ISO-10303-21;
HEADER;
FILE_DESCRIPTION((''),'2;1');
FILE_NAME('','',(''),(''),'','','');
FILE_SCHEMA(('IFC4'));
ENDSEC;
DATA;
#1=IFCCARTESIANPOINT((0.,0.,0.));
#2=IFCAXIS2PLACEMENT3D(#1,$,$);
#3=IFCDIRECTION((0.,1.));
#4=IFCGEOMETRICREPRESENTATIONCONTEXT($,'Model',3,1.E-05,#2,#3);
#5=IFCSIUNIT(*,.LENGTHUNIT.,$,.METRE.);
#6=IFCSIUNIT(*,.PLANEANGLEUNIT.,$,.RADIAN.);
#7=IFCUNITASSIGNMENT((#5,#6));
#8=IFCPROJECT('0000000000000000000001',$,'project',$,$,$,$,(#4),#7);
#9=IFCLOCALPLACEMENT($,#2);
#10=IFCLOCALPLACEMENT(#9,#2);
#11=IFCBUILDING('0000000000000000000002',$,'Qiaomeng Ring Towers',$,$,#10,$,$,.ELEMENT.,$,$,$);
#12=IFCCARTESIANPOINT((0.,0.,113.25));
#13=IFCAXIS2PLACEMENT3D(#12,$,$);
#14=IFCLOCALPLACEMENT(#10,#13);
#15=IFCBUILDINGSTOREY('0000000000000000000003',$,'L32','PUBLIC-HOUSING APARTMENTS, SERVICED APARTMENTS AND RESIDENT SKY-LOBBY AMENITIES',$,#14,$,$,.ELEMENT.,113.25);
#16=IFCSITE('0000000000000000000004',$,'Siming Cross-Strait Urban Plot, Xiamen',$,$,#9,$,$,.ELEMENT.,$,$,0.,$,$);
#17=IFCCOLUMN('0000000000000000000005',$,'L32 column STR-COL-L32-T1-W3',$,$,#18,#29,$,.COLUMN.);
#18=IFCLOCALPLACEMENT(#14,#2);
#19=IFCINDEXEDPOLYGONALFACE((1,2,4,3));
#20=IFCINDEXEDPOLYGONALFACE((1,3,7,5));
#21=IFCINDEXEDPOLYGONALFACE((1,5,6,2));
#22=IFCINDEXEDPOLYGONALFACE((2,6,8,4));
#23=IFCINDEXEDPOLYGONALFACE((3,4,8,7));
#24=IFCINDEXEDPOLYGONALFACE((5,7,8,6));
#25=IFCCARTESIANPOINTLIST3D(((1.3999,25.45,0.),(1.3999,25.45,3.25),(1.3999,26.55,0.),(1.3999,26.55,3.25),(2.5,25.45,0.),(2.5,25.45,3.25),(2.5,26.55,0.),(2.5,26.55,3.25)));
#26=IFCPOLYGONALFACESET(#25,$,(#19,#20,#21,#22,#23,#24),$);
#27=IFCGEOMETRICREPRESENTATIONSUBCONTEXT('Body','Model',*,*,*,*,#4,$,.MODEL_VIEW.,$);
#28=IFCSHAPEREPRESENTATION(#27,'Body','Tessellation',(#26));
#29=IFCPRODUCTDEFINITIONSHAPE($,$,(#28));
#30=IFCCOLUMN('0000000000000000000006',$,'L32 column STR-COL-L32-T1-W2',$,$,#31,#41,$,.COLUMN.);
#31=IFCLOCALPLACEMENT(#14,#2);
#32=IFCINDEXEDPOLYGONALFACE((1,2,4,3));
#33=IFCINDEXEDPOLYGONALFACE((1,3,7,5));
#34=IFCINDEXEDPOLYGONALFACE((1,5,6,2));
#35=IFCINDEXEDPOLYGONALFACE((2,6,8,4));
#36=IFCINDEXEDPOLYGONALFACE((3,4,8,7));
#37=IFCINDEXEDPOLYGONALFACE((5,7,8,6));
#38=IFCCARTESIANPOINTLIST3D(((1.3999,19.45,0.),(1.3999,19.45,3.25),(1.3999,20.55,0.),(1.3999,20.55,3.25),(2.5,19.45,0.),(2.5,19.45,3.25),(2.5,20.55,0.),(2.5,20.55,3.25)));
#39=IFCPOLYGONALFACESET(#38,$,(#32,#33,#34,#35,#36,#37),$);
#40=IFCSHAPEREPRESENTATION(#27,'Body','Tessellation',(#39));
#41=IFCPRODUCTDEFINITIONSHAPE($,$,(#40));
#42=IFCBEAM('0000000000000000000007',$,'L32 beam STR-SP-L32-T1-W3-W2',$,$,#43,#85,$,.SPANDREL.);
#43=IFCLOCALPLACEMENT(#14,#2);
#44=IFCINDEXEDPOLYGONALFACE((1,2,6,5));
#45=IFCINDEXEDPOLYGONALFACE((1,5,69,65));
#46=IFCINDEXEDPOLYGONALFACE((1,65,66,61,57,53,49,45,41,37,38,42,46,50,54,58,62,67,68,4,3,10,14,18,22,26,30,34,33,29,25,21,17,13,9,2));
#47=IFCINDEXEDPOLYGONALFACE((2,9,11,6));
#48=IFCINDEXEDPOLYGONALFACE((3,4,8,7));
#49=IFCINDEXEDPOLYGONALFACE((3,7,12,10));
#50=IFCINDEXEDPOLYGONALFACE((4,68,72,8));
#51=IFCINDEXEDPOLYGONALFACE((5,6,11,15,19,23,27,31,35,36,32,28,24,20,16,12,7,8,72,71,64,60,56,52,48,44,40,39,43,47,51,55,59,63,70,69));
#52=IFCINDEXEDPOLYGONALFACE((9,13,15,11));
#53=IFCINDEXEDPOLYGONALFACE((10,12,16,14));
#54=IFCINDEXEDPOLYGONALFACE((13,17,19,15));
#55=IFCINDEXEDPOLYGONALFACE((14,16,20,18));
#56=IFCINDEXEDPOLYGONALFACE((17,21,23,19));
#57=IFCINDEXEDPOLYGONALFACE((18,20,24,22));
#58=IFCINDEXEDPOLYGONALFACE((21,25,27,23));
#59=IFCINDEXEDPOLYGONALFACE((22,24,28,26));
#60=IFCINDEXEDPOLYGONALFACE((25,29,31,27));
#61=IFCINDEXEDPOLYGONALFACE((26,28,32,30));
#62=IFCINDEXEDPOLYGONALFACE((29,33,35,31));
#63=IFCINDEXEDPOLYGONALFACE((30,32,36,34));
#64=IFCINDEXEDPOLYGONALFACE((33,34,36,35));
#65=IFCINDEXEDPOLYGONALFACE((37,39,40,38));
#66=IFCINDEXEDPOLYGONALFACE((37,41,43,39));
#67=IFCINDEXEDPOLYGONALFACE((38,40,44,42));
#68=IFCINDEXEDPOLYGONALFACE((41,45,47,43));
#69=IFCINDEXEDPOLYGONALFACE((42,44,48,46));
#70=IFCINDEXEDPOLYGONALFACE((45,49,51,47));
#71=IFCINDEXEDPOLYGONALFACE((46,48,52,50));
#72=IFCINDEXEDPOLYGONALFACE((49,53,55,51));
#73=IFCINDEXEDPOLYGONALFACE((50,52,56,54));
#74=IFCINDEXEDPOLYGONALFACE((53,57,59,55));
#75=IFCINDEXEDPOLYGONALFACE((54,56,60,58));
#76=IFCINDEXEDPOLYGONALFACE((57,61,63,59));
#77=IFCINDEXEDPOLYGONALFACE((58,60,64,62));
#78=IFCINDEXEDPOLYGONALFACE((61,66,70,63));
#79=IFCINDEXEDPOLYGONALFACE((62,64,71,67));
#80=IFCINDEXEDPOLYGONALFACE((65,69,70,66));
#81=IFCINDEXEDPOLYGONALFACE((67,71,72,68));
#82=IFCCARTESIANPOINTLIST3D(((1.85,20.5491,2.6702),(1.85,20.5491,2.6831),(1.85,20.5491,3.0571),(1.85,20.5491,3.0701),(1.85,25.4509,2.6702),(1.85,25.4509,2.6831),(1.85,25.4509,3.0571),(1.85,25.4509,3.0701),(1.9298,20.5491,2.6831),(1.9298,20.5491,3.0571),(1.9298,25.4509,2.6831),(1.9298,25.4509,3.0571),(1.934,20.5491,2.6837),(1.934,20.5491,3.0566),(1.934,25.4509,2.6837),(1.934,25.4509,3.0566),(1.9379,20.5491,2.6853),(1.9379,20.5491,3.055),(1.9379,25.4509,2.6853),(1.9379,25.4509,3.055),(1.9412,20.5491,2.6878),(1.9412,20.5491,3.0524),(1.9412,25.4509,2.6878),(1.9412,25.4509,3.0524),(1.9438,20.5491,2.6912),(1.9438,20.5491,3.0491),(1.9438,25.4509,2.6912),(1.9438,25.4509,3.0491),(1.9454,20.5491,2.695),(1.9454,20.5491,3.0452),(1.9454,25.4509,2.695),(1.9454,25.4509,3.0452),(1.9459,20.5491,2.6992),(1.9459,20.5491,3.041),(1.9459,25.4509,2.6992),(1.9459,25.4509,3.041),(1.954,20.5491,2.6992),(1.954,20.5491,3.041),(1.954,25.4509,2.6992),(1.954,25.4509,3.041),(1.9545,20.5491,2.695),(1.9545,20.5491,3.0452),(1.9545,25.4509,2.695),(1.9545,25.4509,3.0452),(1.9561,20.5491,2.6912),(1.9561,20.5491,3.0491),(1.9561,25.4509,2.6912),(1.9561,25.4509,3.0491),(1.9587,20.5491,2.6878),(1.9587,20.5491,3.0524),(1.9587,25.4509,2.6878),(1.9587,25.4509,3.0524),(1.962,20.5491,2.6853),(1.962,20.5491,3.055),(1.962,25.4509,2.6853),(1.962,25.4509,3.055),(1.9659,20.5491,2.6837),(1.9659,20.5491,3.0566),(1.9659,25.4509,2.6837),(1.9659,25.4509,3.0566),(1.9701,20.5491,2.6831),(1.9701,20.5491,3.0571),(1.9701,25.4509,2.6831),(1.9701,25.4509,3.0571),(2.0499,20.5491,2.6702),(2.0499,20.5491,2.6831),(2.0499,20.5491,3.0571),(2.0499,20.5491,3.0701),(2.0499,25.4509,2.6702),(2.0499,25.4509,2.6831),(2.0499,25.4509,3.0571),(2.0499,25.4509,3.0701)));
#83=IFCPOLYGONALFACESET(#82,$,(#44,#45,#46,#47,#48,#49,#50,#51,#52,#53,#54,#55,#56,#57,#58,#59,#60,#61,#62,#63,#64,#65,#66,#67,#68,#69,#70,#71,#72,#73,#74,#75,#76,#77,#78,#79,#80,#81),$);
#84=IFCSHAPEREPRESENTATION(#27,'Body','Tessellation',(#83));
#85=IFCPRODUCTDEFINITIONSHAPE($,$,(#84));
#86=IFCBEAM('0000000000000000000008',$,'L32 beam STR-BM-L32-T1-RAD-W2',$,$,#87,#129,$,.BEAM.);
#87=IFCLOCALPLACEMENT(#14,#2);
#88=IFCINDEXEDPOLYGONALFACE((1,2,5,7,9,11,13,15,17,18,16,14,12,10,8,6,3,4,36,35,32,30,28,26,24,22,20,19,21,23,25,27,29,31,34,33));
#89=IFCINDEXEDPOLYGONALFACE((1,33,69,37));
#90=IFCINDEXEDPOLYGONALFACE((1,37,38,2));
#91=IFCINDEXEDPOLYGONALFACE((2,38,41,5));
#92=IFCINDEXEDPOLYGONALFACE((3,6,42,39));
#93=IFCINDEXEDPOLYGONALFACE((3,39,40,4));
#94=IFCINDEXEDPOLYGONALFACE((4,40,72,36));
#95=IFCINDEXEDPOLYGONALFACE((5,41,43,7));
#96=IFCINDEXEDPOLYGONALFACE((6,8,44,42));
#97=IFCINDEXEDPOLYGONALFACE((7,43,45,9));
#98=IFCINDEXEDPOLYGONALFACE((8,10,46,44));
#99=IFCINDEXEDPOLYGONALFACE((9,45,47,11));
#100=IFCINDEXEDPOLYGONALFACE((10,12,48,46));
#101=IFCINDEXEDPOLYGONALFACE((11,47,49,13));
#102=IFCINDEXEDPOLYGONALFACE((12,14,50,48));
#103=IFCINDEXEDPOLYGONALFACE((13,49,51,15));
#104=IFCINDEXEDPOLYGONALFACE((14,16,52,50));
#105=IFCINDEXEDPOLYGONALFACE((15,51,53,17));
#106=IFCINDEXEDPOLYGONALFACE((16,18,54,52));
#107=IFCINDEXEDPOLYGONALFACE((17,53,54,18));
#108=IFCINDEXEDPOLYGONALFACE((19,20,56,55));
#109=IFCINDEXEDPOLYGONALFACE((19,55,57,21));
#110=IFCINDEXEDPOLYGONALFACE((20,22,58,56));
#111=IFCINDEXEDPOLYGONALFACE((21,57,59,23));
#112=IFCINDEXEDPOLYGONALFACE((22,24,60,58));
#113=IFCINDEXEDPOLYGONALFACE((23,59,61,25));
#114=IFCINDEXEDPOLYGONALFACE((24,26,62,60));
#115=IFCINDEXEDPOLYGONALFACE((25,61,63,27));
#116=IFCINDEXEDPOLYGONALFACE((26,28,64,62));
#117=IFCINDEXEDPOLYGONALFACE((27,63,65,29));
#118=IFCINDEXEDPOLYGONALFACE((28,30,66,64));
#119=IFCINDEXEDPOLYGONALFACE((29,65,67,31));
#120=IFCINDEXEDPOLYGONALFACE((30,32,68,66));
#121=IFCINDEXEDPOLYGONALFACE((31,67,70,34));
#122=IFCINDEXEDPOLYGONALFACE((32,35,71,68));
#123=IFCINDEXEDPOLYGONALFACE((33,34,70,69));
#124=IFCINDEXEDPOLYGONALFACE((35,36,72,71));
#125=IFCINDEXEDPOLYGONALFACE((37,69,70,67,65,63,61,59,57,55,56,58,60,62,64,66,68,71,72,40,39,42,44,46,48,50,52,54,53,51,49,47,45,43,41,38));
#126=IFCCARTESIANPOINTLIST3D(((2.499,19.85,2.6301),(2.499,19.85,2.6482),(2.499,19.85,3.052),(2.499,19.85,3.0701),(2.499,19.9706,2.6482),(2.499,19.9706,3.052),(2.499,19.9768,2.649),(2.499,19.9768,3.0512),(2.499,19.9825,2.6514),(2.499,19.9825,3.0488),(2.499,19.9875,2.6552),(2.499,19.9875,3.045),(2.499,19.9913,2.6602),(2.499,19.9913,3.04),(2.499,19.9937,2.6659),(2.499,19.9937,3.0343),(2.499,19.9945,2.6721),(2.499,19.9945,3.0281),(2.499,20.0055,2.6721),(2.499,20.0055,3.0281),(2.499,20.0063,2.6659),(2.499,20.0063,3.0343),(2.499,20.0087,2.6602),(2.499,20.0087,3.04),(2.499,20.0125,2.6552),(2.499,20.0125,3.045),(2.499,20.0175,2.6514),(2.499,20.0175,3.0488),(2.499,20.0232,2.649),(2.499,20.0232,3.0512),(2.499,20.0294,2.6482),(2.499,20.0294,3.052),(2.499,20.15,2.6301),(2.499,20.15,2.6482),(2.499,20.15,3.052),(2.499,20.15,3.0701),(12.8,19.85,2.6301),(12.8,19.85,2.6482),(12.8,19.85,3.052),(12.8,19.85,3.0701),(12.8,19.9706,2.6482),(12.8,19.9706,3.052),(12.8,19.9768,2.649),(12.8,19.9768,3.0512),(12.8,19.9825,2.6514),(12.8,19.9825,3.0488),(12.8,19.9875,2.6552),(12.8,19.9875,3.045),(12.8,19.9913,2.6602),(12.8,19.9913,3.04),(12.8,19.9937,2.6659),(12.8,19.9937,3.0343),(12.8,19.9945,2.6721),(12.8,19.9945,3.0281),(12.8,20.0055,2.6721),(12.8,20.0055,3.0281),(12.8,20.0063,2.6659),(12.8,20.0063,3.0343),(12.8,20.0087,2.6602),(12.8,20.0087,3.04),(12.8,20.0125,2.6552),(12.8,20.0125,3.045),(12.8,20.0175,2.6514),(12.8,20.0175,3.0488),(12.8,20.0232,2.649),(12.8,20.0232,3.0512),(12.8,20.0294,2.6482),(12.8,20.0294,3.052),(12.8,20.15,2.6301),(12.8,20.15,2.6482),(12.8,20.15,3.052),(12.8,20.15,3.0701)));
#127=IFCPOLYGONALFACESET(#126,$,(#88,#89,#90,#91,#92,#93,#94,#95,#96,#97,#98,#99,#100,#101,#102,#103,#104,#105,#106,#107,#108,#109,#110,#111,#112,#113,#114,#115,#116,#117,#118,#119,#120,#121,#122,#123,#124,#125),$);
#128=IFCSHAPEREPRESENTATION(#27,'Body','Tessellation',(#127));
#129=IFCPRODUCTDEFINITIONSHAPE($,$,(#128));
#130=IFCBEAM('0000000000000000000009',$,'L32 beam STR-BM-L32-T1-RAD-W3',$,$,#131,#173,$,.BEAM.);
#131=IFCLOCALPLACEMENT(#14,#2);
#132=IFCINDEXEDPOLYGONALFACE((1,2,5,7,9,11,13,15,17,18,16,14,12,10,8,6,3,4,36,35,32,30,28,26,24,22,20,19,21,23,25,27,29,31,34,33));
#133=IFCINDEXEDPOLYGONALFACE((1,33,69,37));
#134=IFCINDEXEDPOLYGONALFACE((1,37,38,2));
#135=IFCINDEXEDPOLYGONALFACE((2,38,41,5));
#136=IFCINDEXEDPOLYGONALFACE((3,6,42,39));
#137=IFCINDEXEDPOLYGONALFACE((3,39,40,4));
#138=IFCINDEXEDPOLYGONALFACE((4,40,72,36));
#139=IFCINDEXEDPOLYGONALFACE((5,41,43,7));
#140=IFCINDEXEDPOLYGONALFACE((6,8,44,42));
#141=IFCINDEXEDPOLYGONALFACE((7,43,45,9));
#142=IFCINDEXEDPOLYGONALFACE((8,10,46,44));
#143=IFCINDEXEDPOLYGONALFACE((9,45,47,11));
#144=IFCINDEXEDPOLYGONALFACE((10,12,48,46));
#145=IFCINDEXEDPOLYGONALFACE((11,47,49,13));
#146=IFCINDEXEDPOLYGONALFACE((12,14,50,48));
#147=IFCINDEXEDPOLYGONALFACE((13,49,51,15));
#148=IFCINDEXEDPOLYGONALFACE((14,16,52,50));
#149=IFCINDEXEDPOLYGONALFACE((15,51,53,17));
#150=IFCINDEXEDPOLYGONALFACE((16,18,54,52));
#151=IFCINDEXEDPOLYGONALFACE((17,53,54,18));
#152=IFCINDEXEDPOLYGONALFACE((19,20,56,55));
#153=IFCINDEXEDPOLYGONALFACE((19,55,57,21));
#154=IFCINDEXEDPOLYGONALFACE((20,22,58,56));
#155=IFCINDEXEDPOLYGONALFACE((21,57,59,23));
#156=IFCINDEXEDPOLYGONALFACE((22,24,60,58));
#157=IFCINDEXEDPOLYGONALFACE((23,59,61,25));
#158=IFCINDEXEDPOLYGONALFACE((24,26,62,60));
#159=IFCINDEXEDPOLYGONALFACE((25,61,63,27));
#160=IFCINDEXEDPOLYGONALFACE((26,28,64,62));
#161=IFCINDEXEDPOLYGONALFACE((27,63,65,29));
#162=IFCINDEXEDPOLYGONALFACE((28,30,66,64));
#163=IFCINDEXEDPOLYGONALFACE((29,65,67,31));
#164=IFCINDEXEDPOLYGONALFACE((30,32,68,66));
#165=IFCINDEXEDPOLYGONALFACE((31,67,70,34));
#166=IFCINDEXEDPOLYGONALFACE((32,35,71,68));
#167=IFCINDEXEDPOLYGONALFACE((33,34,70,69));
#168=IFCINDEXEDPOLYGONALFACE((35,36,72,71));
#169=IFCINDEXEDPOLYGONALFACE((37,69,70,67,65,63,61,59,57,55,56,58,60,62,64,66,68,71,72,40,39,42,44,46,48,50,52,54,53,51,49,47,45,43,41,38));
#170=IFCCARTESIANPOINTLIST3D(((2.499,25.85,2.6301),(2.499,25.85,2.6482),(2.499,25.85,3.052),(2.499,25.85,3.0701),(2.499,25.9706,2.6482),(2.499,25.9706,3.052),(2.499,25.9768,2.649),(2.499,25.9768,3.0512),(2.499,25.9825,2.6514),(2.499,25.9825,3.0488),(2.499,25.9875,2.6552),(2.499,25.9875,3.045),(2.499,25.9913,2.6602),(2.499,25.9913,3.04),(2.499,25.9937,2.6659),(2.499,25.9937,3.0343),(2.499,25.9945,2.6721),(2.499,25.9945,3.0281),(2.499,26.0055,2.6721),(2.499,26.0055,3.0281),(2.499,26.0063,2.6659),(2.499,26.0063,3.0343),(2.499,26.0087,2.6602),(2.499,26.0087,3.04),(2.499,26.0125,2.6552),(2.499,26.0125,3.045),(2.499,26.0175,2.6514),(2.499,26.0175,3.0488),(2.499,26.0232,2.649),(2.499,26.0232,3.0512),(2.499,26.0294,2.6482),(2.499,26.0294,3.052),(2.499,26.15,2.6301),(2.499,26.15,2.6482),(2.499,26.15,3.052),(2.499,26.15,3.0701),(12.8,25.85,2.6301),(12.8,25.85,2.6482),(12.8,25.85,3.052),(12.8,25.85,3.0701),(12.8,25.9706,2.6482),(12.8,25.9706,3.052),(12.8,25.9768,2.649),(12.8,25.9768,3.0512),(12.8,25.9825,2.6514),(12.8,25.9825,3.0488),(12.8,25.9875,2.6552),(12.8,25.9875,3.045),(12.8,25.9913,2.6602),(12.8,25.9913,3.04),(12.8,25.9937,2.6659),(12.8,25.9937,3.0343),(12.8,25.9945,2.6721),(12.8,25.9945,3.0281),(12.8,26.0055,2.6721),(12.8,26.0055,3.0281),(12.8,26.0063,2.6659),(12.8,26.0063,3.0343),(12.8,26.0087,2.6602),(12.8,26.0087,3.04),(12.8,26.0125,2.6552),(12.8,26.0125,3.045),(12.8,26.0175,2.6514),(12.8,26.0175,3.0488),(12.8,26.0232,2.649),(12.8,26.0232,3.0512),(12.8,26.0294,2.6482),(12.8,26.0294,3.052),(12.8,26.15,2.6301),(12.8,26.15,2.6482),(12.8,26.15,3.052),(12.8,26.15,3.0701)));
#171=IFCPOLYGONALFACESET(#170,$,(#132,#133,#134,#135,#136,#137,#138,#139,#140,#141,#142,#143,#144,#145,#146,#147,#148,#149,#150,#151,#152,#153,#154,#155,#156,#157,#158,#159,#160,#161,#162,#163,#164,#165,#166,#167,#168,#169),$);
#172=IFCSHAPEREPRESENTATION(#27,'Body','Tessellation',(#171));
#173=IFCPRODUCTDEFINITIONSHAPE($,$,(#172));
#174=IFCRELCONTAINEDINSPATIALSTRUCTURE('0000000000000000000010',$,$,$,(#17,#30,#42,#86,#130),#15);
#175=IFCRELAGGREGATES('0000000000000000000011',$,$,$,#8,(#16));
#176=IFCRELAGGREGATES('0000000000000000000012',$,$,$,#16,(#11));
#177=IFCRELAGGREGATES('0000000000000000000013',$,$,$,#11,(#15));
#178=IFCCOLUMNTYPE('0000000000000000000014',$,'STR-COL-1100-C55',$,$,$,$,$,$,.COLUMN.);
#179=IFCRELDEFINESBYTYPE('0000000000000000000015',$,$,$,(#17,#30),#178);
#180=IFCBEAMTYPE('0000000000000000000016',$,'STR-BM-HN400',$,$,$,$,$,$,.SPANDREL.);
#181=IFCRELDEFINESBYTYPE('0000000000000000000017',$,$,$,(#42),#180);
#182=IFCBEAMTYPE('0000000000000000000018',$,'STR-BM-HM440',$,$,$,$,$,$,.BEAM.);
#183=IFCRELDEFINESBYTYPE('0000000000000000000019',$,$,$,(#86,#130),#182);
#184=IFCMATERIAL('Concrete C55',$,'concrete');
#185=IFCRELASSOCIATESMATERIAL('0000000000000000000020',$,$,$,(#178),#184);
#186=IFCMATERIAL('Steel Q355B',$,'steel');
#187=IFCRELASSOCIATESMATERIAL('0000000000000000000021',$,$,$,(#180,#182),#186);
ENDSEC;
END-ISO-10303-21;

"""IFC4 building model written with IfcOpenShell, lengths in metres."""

from ifc_helpers import new_model, si_unit, direction, frame, origin, origin_2d, place, context, subcontext, project, spatial, rectangle, i_section, extrude, source, transform, mapped, material, material_profile, profile_set, type_object, element, save


model = new_model("IFC4")

# Units and contexts
model_context = context("Model", 3, precision=1e-05, world=origin(), true_north=direction((0.0, 1.0)))
body_context = subcontext(model_context, "Body", "Model", "MODEL_VIEW")
ifc_project = project(units=[si_unit("LENGTHUNIT", "METRE"), si_unit("PLANEANGLEUNIT", "RADIAN")], contexts=[model_context])

# Site, building, storey
site_placement = place(None, origin())
site = spatial("IfcSite", under=ifc_project, at=site_placement, Name="Siming Cross-Strait Urban Plot, Xiamen", CompositionType="ELEMENT", RefElevation=0.0)
building_placement = place(site_placement, origin())
building = spatial("IfcBuilding", under=site, at=building_placement, Name="Qiaomeng Ring Towers", CompositionType="ELEMENT")
storey_placement = place(building_placement, frame((0.0, 0.0, 113.25)))
storey = spatial("IfcBuildingStorey", under=building, at=storey_placement, Name="L32", Description="PUBLIC-HOUSING APARTMENTS, SERVICED APARTMENTS AND RESIDENT SKY-LOBBY AMENITIES", CompositionType="ELEMENT", Elevation=113.25)

# Columns
ifc_material_1 = material(Name="Concrete C55", Category="concrete")
ifc_material_profile_1 = material_profile(ifc_material_1, rectangle(XDim=1.1001, YDim=1.1001, at=origin_2d()), Name="RC COL 1100x1100")
ifc_profile_set_1 = profile_set([ifc_material_profile_1], Name="Concrete C55")
column_type = type_object("IfcColumnType", Name="STR-COL-1100-C55", PredefinedType="COLUMN", material=ifc_profile_set_1)
shared_shape_1 = source(origin(), body_context, "Body", "SweptSolid", [
    extrude(rectangle(XDim=1.1001, YDim=1.1001, at=origin_2d()), origin(), (0.0, 0.0, 1.0), 3.25),
])
for number, where, z_axis, x_axis, name in (
    (1, (1.95, 26.0, 0.0), (0.0, 0.0, 1.0), (1.0, 0.0, 0.0), "L32 column STR-COL-L32-T1-W3"),
    (2, (1.95, 20.0, 0.0), (0.0, 0.0, 1.0), (1.0, 0.0, 0.0), "L32 column STR-COL-L32-T1-W2"),
):
    element("IfcColumn", number, at=place(storey_placement, frame(where, z_axis=z_axis, x_axis=x_axis)), inside=storey, type_object=column_type, Name=name, PredefinedType="COLUMN", context=body_context, shape_type="MappedRepresentation", body=[
        mapped(shared_shape_1, transform((0.0, 0.0, 0.0), x_axis=(1.0, 0.0, 0.0), y_axis=(0.0, 1.0, 0.0), z_axis=(0.0, 0.0, 1.0), scale=1.0)),
    ])

# Beams
ifc_material_2 = material(Name="Steel Q355B", Category="steel")
ifc_material_profile_2 = material_profile(ifc_material_2, i_section(OverallWidth=0.2, OverallDepth=0.3999, WebThickness=0.0081, FlangeThickness=0.0129, FilletRadius=0.0161, at=origin_2d()), Name="HN 400x200x8x13")
ifc_profile_set_2 = profile_set([ifc_material_profile_2], Name="Steel Q355B")
beam_type_1 = type_object("IfcBeamType", Name="STR-BM-HN400", PredefinedType="SPANDREL", material=ifc_profile_set_2)
shared_shape_2 = source(origin(), body_context, "Body", "SweptSolid", [
    extrude(i_section(OverallWidth=0.2, OverallDepth=0.3999, WebThickness=0.0081, FlangeThickness=0.0129, FilletRadius=0.0161, at=origin_2d()), origin(), (0.0, 0.0, 1.0), 4.9019),
])
beam_1_placement = place(storey_placement, frame((1.95, 25.4509, 2.8701), z_axis=(0.0, -1.0, 0.0), x_axis=(1.0, 0.0, 0.0)))
element("IfcBeam", 3, at=beam_1_placement, inside=storey, type_object=beam_type_1, Name="L32 beam STR-SP-L32-T1-W3-W2", PredefinedType="SPANDREL", context=body_context, shape_type="MappedRepresentation", body=[
    mapped(shared_shape_2, transform((0.0, 0.0, 0.0), x_axis=(1.0, 0.0, 0.0), y_axis=(0.0, 1.0, 0.0), z_axis=(0.0, 0.0, 1.0), scale=1.0)),
])
ifc_material_profile_3 = material_profile(ifc_material_2, i_section(OverallWidth=0.3, OverallDepth=0.4399, WebThickness=0.011, FlangeThickness=0.0181, FilletRadius=0.0239, at=origin_2d()), Name="HM 440x300x11x18")
ifc_profile_set_3 = profile_set([ifc_material_profile_3], Name="Steel Q355B")
beam_type_2 = type_object("IfcBeamType", Name="STR-BM-HM440", PredefinedType="BEAM", material=ifc_profile_set_3)
shared_shape_3 = source(origin(), body_context, "Body", "SweptSolid", [
    extrude(i_section(OverallWidth=0.3, OverallDepth=0.4399, WebThickness=0.011, FlangeThickness=0.0181, FilletRadius=0.0239, at=origin_2d()), origin(), (0.0, 0.0, 1.0), 10.301),
])
for number, where, z_axis, x_axis, name in (
    (4, (2.499, 20.0, 2.8501), (1.0, 0.0, 0.0), (0.0, 1.0, 0.0), "L32 beam STR-BM-L32-T1-RAD-W2"),
    (5, (2.499, 26.0, 2.8501), (1.0, 0.0, 0.0), (0.0, 1.0, 0.0), "L32 beam STR-BM-L32-T1-RAD-W3"),
):
    element("IfcBeam", number, at=place(storey_placement, frame(where, z_axis=z_axis, x_axis=x_axis)), inside=storey, type_object=beam_type_2, Name=name, PredefinedType="BEAM", context=body_context, shape_type="MappedRepresentation", body=[
        mapped(shared_shape_3, transform((0.0, 0.0, 0.0), x_axis=(1.0, 0.0, 0.0), y_axis=(0.0, 1.0, 0.0), z_axis=(0.0, 0.0, 1.0), scale=1.0)),
    ])

save(model, "model.ifc")
